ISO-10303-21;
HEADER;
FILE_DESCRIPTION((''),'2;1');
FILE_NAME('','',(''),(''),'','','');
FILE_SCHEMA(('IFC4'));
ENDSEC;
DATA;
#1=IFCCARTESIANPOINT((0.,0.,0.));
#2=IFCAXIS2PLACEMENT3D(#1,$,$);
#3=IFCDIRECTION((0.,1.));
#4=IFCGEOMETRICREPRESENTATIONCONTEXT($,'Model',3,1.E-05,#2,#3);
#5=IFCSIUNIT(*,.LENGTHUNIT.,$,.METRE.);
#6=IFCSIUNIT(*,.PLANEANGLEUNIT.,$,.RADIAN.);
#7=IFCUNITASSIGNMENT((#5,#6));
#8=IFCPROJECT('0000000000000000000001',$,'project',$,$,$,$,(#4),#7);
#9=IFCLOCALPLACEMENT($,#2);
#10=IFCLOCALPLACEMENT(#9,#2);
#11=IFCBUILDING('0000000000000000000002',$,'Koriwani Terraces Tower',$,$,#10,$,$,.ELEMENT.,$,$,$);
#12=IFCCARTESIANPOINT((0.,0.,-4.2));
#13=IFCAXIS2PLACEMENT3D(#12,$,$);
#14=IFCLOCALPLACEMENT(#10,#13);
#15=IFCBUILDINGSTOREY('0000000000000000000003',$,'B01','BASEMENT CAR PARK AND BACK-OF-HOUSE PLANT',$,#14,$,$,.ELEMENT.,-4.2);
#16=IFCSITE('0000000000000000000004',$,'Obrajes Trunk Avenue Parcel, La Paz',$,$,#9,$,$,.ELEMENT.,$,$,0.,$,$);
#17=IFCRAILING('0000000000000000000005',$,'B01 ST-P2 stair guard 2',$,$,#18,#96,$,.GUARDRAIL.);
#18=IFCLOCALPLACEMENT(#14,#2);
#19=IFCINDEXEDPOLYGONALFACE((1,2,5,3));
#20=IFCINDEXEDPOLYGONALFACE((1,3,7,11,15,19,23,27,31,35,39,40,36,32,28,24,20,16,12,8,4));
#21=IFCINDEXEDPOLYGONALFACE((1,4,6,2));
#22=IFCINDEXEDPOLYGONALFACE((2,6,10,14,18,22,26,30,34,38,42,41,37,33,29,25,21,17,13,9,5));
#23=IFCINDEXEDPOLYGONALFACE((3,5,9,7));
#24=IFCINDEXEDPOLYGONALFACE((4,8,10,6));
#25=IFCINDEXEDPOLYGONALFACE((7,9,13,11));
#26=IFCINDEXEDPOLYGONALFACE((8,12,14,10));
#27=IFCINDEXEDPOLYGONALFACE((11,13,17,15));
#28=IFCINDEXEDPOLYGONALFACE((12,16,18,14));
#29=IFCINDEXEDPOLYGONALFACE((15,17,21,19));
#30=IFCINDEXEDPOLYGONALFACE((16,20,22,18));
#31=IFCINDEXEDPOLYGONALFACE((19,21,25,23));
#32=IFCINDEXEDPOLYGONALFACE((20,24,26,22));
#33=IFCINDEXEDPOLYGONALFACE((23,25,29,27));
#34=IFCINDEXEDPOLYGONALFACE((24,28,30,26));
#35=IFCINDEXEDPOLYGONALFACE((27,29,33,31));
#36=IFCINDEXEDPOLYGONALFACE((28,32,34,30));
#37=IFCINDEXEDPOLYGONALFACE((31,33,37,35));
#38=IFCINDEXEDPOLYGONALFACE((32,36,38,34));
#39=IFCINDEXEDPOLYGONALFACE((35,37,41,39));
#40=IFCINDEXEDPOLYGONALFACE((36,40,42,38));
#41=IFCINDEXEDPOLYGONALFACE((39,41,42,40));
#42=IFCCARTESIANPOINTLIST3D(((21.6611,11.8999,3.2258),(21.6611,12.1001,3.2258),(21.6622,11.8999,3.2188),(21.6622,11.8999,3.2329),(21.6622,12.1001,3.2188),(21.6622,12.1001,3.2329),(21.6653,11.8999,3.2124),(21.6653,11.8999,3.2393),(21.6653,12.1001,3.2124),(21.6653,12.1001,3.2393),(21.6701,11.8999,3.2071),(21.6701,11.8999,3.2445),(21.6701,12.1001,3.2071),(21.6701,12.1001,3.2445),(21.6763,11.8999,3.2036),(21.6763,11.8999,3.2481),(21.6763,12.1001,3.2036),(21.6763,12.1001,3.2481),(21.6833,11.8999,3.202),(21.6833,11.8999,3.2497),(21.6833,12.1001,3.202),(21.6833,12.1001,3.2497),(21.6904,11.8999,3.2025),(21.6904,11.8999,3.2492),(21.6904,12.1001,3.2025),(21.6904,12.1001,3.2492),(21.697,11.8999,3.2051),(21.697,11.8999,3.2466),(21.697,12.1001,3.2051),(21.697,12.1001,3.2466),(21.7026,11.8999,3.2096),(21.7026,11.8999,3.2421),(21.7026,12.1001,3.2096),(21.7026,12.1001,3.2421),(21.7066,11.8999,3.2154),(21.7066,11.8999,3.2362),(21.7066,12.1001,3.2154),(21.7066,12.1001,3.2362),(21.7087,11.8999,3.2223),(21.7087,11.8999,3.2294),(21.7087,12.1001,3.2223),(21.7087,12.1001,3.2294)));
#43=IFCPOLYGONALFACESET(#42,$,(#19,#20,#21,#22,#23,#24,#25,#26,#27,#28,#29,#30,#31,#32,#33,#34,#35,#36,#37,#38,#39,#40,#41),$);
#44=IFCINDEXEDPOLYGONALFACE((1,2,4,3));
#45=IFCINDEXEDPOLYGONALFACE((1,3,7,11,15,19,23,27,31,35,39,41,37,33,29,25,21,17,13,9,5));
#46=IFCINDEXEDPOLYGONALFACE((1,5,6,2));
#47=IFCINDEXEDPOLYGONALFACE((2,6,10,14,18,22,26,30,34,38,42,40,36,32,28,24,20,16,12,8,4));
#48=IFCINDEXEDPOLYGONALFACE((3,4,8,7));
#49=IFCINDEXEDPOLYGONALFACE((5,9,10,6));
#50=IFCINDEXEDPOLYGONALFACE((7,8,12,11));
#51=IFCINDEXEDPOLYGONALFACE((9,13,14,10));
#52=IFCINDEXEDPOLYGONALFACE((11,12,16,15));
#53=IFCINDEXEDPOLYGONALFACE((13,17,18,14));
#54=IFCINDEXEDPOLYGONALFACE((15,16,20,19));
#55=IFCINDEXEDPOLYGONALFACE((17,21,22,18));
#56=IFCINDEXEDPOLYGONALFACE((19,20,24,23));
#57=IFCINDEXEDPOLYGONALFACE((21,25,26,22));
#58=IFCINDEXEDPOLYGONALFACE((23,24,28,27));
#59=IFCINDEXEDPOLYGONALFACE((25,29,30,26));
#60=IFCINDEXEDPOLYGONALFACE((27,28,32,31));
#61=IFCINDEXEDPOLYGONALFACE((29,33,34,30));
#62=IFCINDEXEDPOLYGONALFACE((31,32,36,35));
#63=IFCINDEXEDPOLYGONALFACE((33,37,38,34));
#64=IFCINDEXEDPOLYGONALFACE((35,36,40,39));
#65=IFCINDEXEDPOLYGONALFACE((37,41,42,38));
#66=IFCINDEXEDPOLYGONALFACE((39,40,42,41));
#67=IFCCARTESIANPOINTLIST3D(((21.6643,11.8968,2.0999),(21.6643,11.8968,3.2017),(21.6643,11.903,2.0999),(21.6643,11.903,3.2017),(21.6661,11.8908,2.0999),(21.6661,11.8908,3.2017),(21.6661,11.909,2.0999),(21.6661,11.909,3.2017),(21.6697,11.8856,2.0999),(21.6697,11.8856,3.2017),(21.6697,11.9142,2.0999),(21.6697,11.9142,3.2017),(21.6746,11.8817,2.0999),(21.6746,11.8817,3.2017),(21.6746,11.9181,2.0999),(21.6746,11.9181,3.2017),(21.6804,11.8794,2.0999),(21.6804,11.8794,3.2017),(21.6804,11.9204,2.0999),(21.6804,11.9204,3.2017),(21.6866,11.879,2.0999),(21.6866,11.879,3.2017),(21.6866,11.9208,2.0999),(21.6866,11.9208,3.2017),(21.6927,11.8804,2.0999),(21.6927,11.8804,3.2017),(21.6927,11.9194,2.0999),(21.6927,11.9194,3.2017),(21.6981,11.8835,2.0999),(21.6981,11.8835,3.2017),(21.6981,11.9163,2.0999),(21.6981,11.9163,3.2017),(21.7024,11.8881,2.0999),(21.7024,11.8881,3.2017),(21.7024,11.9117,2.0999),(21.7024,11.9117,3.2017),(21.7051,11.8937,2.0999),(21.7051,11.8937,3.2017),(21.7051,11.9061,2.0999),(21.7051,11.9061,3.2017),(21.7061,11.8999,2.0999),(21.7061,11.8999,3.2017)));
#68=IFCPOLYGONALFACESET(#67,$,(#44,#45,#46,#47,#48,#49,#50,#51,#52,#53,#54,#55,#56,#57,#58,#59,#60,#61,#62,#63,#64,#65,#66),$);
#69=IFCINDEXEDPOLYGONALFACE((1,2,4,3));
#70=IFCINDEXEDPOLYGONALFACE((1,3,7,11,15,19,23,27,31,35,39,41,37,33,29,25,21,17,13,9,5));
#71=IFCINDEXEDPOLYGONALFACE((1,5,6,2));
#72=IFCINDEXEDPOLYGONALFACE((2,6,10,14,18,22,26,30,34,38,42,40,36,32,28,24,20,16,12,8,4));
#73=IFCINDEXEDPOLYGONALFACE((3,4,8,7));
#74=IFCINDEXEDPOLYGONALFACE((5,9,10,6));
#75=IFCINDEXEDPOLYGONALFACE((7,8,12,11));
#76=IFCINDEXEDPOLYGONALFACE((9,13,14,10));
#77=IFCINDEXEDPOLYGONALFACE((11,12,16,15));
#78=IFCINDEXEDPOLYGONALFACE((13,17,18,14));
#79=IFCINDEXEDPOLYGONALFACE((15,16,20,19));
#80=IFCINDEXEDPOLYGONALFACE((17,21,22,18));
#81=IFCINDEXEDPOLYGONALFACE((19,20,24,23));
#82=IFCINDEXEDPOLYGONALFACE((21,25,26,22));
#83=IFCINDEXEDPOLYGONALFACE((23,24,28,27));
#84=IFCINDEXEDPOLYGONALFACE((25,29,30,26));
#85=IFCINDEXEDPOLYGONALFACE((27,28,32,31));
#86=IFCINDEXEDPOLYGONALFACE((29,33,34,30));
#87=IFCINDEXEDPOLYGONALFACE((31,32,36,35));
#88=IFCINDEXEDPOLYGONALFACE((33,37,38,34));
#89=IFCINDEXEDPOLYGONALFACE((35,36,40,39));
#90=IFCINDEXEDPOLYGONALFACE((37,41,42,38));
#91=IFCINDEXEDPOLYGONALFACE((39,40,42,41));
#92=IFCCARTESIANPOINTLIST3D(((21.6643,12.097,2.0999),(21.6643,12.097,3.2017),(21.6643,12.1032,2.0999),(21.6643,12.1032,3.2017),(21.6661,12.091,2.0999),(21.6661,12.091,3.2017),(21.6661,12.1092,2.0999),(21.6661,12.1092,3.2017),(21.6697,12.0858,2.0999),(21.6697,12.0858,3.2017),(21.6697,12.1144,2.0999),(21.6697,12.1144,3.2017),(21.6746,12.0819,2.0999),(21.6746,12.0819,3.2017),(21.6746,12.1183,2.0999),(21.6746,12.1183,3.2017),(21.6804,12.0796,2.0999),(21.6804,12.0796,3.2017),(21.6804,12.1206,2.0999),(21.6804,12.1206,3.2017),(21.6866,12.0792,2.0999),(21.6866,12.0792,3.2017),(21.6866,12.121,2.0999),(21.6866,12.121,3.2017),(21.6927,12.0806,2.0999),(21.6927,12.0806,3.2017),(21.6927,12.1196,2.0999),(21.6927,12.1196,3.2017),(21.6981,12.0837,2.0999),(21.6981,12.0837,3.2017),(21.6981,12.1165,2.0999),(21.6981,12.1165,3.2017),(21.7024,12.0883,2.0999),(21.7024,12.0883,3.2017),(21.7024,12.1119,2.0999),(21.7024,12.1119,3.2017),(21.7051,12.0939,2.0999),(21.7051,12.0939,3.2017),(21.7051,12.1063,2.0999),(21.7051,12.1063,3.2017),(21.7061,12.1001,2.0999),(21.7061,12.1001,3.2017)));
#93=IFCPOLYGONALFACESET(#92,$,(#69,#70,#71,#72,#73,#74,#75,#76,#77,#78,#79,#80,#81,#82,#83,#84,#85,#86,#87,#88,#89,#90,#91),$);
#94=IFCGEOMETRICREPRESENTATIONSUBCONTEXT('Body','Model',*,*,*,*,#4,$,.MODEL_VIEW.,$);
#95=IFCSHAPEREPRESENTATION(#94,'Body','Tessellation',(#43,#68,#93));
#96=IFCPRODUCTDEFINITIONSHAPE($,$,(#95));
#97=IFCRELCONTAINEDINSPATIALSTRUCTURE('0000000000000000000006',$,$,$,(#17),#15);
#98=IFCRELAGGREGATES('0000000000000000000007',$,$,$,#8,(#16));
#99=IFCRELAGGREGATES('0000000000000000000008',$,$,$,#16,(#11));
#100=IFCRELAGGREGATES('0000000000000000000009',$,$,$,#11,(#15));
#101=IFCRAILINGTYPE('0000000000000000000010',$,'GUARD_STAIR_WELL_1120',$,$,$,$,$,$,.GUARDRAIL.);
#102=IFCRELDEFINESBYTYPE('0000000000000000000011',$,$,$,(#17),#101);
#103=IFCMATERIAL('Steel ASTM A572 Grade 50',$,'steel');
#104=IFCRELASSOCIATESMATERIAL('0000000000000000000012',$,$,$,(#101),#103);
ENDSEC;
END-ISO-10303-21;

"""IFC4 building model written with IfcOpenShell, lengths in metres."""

from ifc_helpers import new_model, si_unit, direction, frame, origin, origin_2d, place, context, subcontext, project, spatial, circle, extrude, material, type_object, element, save


model = new_model("IFC4")

# Units and contexts
model_context = context("Model", 3, precision=1e-05, world=origin(), true_north=direction((0.0, 1.0)))
body_context = subcontext(model_context, "Body", "Model", "MODEL_VIEW")
ifc_project = project(units=[si_unit("LENGTHUNIT", "METRE"), si_unit("PLANEANGLEUNIT", "RADIAN")], contexts=[model_context])

# Site, building, storey
site_placement = place(None, origin())
site = spatial("IfcSite", under=ifc_project, at=site_placement, Name="Obrajes Trunk Avenue Parcel, La Paz", CompositionType="ELEMENT", RefElevation=0.0)
building_placement = place(site_placement, origin())
building = spatial("IfcBuilding", under=site, at=building_placement, Name="Koriwani Terraces Tower", CompositionType="ELEMENT")
storey_placement = place(building_placement, frame((0.0, 0.0, -4.2)))
storey = spatial("IfcBuildingStorey", under=building, at=storey_placement, Name="B01", Description="BASEMENT CAR PARK AND BACK-OF-HOUSE PLANT", CompositionType="ELEMENT", Elevation=-4.2)

# Shared definitions
ifc_material_1 = material(Name="Steel ASTM A572 Grade 50", Category="steel")

# Railing
railing_type_1 = type_object("IfcRailingType", Name="GUARD_STAIR_WELL_1120", PredefinedType="GUARDRAIL", material=ifc_material_1)
railing_1_placement = place(storey_placement, frame((21.6851, 11.8999, 2.0999)))
element("IfcRailing", 1, at=railing_1_placement, inside=storey, type_object=railing_type_1, Name="B01 ST-P2 stair guard 2", PredefinedType="GUARDRAIL", context=body_context, shape_type="SweptSolid", body=[
    extrude(circle(Radius=0.0239, at=origin_2d()), frame((0.0, 0.0, 1.126), z_axis=(0.0, 1.0, 0.0), x_axis=(-1.0, 0.0, 0.0)), (0.0, 0.0, 1.0), 0.2002),
    extrude(circle(Radius=0.021, at=origin_2d()), origin(), (0.0, 0.0, 1.0), 1.1018),
    extrude(circle(Radius=0.021, at=origin_2d()), frame((0.0, 0.2002, 0.0)), (0.0, 0.0, 1.0), 1.1018),
])

save(model, "model.ifc")
